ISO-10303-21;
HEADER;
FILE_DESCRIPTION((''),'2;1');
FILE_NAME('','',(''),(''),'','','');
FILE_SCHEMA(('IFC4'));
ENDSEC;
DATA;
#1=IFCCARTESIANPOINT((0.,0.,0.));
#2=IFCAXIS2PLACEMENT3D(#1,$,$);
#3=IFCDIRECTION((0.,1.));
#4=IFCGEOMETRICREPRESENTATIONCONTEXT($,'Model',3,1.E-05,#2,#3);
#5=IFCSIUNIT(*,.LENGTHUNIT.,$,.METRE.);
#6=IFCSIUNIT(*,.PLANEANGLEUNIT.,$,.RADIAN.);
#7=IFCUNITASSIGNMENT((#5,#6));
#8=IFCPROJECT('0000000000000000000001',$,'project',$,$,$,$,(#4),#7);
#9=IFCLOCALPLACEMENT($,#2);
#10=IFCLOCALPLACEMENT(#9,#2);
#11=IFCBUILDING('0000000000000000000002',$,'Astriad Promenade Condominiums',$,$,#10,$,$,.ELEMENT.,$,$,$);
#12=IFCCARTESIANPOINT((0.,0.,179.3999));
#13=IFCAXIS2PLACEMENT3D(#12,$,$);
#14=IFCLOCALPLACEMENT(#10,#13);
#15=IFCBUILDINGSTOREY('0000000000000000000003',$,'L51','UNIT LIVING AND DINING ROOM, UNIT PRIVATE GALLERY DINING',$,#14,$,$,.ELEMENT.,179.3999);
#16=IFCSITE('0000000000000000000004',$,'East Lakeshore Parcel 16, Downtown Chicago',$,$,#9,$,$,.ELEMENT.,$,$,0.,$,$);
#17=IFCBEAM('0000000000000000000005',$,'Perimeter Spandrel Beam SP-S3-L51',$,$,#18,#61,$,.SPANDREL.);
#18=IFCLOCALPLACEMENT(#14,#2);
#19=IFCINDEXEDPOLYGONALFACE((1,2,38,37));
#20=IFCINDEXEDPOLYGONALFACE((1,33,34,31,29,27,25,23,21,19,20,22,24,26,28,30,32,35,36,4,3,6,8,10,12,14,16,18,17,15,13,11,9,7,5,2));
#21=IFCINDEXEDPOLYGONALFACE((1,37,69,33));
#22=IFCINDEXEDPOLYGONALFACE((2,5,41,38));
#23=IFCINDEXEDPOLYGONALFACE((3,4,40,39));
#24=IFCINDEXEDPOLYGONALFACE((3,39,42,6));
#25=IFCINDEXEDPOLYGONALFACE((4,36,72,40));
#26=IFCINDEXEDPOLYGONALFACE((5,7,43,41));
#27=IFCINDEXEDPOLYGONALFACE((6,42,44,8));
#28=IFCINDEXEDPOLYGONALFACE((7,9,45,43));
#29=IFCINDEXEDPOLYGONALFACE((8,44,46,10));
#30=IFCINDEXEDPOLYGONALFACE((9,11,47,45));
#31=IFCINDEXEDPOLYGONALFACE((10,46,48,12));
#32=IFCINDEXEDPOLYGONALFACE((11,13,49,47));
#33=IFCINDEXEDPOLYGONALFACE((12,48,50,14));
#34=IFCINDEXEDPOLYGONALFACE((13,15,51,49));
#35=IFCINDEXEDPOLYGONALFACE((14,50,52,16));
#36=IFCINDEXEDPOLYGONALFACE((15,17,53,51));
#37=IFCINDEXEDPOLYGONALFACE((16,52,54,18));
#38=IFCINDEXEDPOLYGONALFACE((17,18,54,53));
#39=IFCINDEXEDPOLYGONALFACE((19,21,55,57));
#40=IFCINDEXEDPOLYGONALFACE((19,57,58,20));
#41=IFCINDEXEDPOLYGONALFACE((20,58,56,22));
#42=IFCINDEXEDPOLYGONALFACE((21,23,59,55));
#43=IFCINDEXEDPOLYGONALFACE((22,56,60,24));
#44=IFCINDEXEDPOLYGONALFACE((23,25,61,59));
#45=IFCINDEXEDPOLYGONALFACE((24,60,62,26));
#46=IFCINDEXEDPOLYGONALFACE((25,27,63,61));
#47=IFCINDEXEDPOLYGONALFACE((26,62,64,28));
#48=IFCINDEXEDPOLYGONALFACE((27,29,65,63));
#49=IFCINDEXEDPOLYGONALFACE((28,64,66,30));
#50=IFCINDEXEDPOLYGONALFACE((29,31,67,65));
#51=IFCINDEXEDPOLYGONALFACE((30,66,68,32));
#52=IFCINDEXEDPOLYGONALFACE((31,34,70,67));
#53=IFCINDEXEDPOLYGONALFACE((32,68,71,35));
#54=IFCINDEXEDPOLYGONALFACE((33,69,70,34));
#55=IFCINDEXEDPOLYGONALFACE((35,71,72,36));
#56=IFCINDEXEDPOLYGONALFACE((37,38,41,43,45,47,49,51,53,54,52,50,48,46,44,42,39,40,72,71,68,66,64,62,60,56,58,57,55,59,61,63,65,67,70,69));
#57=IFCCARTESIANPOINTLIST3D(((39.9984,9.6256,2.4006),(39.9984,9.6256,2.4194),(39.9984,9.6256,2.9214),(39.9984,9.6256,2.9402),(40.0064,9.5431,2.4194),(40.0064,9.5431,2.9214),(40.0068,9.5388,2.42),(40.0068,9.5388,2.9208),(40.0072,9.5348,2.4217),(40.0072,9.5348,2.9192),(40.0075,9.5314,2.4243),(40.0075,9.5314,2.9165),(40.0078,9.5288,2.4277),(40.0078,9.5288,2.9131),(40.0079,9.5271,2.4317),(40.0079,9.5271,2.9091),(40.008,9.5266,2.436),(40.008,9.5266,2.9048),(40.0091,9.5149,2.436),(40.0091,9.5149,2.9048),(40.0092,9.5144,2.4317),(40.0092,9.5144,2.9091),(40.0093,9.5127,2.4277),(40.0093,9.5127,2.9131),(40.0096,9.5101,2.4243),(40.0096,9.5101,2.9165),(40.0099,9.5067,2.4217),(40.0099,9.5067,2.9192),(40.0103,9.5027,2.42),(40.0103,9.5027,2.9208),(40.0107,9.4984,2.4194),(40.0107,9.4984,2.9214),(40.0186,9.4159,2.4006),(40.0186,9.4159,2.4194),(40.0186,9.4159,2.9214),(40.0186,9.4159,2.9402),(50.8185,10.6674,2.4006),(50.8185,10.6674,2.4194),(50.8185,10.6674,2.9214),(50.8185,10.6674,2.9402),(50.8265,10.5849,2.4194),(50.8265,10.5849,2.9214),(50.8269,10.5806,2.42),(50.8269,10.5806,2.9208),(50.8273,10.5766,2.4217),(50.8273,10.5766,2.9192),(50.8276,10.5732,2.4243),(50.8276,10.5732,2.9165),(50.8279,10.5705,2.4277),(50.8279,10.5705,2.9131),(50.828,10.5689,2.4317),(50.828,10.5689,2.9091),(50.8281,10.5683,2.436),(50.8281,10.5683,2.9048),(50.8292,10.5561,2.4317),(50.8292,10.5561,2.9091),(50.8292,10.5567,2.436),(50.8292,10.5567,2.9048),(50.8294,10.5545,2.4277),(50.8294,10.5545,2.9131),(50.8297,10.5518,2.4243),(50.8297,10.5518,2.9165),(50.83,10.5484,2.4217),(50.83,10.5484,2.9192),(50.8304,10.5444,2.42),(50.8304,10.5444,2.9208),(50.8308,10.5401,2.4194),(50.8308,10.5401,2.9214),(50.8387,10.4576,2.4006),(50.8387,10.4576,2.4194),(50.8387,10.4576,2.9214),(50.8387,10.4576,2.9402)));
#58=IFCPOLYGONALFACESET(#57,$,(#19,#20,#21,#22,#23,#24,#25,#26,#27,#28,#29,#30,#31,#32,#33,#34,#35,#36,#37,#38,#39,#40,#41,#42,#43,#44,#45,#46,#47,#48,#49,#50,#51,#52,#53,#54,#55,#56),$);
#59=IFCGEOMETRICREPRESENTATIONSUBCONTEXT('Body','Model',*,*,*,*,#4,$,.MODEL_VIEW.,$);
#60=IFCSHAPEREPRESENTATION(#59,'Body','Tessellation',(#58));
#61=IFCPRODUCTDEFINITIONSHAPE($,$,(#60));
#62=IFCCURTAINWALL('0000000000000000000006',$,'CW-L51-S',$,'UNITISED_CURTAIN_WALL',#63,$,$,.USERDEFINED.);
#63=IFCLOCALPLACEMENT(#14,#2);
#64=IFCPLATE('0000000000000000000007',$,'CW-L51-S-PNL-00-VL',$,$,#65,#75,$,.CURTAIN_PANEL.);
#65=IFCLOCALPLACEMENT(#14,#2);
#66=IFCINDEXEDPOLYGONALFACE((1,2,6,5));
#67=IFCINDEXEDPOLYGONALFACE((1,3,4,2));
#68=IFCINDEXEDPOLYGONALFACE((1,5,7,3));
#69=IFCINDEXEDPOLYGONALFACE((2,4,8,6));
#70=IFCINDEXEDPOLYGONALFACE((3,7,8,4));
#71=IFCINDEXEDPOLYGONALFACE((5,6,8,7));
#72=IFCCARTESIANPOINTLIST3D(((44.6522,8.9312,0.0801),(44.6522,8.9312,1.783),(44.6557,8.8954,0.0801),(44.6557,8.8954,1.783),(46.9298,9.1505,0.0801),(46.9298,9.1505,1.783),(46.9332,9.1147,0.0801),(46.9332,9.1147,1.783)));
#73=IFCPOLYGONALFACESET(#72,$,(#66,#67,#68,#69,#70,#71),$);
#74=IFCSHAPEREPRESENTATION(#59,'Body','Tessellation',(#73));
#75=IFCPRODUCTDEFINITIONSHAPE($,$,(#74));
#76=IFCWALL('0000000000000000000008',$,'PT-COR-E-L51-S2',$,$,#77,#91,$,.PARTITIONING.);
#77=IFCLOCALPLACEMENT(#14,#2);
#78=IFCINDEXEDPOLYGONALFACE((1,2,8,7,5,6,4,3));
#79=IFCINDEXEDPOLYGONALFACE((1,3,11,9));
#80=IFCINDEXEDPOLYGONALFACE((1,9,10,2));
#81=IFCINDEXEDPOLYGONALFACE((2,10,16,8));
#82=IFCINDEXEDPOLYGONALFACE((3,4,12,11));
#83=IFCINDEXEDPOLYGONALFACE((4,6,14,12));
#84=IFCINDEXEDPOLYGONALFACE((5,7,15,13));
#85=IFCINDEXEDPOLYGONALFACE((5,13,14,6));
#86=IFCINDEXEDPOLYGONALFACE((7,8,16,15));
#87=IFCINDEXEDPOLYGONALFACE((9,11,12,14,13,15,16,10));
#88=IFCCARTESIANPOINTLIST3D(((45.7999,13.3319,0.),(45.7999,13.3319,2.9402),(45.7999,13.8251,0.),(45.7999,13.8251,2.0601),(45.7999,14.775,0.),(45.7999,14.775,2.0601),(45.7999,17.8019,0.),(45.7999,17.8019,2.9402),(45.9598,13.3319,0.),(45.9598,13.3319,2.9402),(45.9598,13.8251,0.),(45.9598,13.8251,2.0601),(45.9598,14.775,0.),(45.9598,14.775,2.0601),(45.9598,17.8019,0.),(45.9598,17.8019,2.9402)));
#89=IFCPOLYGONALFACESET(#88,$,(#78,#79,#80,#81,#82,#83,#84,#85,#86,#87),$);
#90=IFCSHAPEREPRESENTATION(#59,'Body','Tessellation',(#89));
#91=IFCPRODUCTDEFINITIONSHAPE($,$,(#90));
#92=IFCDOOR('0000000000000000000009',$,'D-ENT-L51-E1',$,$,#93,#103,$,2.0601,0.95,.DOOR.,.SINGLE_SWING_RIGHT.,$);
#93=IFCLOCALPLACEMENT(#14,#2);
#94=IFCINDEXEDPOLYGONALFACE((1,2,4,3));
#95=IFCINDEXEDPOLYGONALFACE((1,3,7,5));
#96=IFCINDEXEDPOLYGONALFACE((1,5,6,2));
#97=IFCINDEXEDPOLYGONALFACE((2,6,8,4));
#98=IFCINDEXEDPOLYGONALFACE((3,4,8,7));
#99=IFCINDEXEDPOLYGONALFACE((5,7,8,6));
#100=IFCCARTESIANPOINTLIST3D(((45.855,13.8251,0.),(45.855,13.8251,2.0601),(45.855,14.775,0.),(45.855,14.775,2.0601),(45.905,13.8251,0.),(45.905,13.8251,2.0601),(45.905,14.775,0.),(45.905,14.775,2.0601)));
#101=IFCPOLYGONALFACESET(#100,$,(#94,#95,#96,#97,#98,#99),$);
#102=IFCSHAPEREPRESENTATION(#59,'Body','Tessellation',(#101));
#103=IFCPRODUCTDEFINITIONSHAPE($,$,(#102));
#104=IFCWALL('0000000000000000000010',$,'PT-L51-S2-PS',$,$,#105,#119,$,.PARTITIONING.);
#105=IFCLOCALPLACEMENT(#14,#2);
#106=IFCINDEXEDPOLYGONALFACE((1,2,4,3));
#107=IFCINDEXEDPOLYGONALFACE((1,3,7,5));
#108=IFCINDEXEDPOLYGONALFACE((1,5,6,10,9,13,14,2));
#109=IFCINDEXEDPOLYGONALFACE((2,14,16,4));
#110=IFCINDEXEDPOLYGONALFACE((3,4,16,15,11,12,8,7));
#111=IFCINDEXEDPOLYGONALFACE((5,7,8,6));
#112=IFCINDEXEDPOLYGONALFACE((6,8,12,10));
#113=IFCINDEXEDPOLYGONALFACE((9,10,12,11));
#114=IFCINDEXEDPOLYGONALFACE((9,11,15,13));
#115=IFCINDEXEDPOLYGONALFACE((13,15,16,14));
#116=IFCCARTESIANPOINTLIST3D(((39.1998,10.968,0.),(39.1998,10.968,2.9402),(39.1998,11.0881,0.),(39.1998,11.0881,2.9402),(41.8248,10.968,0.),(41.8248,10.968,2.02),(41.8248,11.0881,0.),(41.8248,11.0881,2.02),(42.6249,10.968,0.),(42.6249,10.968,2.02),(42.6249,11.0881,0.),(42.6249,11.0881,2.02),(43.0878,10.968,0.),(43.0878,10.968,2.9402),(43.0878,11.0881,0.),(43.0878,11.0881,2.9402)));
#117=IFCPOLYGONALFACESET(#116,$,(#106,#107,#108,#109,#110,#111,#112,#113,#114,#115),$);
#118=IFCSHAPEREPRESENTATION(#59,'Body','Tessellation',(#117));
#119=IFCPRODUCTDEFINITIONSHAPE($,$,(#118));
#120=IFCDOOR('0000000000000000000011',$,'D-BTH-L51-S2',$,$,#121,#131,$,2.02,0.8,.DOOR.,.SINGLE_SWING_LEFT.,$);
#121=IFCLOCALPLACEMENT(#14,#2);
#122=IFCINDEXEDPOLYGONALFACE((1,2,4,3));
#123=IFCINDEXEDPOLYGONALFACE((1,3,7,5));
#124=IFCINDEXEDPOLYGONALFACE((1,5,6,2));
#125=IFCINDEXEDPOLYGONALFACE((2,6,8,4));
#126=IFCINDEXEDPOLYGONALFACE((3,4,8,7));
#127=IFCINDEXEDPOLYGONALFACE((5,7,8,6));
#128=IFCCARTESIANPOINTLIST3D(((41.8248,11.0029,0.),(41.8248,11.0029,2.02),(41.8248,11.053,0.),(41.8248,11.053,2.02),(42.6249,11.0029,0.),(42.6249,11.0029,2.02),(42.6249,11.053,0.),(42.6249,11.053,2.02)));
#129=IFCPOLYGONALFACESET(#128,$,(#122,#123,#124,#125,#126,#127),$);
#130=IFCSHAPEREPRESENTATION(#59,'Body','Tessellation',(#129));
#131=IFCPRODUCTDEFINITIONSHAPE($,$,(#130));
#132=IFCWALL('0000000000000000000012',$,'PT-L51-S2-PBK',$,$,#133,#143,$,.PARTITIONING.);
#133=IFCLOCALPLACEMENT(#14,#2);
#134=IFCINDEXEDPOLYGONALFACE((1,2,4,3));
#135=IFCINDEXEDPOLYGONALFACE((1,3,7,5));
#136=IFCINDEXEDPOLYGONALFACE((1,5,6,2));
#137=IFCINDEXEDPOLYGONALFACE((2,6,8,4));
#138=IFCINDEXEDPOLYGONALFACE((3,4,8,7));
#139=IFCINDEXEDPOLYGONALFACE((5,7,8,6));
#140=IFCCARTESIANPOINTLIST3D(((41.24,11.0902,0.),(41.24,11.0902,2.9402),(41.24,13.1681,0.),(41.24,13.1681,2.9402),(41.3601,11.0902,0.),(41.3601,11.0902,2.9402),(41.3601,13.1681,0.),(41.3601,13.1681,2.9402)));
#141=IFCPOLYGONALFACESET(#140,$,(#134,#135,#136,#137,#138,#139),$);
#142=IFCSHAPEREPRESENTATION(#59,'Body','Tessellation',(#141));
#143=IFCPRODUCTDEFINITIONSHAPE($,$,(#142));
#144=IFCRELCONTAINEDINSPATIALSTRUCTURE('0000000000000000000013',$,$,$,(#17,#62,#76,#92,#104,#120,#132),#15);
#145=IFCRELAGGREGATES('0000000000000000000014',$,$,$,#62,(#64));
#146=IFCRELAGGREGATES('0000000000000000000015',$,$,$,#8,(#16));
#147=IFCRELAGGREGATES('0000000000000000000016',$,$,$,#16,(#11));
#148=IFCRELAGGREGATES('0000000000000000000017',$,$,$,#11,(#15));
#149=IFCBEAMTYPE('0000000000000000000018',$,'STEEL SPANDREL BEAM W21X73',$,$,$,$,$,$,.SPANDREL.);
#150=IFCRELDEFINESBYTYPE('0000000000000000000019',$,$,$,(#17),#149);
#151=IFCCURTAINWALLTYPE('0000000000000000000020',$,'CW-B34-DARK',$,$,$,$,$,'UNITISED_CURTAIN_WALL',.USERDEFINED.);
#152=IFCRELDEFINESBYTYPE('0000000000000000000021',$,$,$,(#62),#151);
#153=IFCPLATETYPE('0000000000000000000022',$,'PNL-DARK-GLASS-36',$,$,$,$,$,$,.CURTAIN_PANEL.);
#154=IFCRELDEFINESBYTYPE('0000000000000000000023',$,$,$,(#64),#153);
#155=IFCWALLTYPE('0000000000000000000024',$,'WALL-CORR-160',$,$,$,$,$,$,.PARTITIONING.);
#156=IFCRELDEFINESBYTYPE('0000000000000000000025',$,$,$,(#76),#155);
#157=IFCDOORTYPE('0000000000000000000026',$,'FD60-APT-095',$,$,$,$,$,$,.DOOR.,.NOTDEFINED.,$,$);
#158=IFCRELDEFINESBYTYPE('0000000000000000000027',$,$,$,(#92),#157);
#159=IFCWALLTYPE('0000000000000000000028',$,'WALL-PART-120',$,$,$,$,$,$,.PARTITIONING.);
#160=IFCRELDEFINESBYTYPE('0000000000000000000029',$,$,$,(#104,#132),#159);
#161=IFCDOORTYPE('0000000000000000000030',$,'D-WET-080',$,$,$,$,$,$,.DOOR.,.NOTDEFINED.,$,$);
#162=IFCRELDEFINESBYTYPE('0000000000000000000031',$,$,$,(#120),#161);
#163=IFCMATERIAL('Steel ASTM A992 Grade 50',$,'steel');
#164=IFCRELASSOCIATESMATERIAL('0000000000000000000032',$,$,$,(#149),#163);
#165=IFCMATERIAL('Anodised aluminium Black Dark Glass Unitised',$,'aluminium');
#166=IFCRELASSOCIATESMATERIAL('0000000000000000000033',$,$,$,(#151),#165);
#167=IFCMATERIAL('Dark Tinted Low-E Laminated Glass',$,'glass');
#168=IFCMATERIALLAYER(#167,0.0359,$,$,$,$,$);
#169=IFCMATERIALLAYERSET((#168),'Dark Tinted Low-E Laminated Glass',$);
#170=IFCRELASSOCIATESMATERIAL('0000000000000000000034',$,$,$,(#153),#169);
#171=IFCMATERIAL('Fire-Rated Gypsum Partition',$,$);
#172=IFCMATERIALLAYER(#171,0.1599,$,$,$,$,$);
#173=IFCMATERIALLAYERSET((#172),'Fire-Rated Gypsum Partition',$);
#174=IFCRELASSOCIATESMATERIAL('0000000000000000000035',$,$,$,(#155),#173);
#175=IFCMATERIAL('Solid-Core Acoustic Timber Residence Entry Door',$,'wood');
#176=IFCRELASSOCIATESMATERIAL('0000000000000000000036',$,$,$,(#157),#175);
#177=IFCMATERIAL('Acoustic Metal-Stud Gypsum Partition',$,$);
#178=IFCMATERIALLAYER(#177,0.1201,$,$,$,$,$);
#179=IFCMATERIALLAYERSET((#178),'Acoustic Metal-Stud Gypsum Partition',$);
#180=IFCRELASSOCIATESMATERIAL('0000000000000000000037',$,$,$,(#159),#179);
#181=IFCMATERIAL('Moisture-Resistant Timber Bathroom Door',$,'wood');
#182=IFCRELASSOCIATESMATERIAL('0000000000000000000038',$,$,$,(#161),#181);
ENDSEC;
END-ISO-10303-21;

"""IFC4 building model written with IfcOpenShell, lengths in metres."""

from ifc_helpers import new_model, si_unit, direction, frame, frame_2d, origin, origin_2d, place, context, subcontext, project, spatial, rectangle, i_section, extrude, source, transform, mapped, material, layer, layer_set, material_profile, profile_set, type_object, type_shapes, element, fill, aggregate, save


model = new_model("IFC4")

# Units and contexts
model_context = context("Model", 3, precision=1e-05, world=origin(), true_north=direction((0.0, 1.0)))
body_context = subcontext(model_context, "Body", "Model", "MODEL_VIEW")
ifc_project = project(units=[si_unit("LENGTHUNIT", "METRE"), si_unit("PLANEANGLEUNIT", "RADIAN")], contexts=[model_context])

# Site, building, storey
site_placement = place(None, origin())
site = spatial("IfcSite", under=ifc_project, at=site_placement, Name="East Lakeshore Parcel 16, Downtown Chicago", CompositionType="ELEMENT", RefElevation=0.0)
building_placement = place(site_placement, origin())
building = spatial("IfcBuilding", under=site, at=building_placement, Name="Astriad Promenade Condominiums", CompositionType="ELEMENT")
storey_placement = place(building_placement, frame((0.0, 0.0, 179.3999)))
storey = spatial("IfcBuildingStorey", under=building, at=storey_placement, Name="L51", Description="UNIT LIVING AND DINING ROOM, UNIT PRIVATE GALLERY DINING", CompositionType="ELEMENT", Elevation=179.3999)

# Shared definitions
ifc_material_1 = material(Name="Steel ASTM A992 Grade 50", Category="steel")

# Beam
ifc_material_profile_1 = material_profile(ifc_material_1, i_section(OverallWidth=0.2107, OverallDepth=0.5396, WebThickness=0.0117, FlangeThickness=0.0188, FilletRadius=0.0166, at=origin_2d()), Name="W21X73")
ifc_profile_set_1 = profile_set([ifc_material_profile_1], Name="Steel ASTM A992 Grade 50")
beam_type_1 = type_object("IfcBeamType", Name="STEEL SPANDREL BEAM W21X73", PredefinedType="SPANDREL", material=ifc_profile_set_1)
shared_shape_1 = source(origin(), body_context, "Body", "SweptSolid", [
    extrude(i_section(OverallWidth=0.2107, OverallDepth=0.5396, WebThickness=0.0117, FlangeThickness=0.0188, FilletRadius=0.0166, at=origin_2d()), origin(), (0.0, 0.0, 1.0), 10.8701),
])
type_shapes(beam_type_1, [shared_shape_1])
beam_1_placement = place(storey_placement, frame((40.0085, 9.5208, 2.6704), z_axis=(0.995397, 0.095836, 0.0), x_axis=(-0.095836, 0.995397, 0.0)))
element("IfcBeam", 1, at=beam_1_placement, inside=storey, type_object=beam_type_1, Name="Perimeter Spandrel Beam SP-S3-L51", PredefinedType="SPANDREL", context=body_context, shape_type="MappedRepresentation", body=[
    mapped(shared_shape_1, transform((0.0, 0.0, 0.0), scale=1.0)),
])

# Curtain wall, plate
ifc_material_2 = material(Name="Anodised aluminium Black Dark Glass Unitised", Category="aluminium")
curtain_wall_type = type_object("IfcCurtainWallType", Name="CW-B34-DARK", ElementType="UNITISED_CURTAIN_WALL", PredefinedType="USERDEFINED", material=ifc_material_2)
curtain_wall_placement = place(storey_placement, origin())
curtain_wall = element("IfcCurtainWall", 2, at=curtain_wall_placement, inside=storey, type_object=curtain_wall_type, Name="CW-L51-S", ObjectType="UNITISED_CURTAIN_WALL", PredefinedType="USERDEFINED")
ifc_material_3 = material(Name="Dark Tinted Low-E Laminated Glass", Category="glass")
ifc_layer_1 = layer(ifc_material_3, 0.0359)
ifc_layer_set_1 = layer_set([ifc_layer_1], Name="Dark Tinted Low-E Laminated Glass")
plate_type = type_object("IfcPlateType", Name="PNL-DARK-GLASS-36", PredefinedType="CURTAIN_PANEL", material=ifc_layer_set_1)
shared_shape_2 = source(origin(), body_context, "Body", "SweptSolid", [
    extrude(rectangle(XDim=2.2881, YDim=0.0359, at=origin_2d()), origin(), (0.0, 0.0, 1.0), 1.7029),
])
type_shapes(plate_type, [shared_shape_2])
plate_placement = place(storey_placement, frame((45.7927, 9.0229, 0.0801), z_axis=(0.0, 0.0, 1.0), x_axis=(-0.995396, -0.095846, 0.0)))
plate = element("IfcPlate", 3, at=plate_placement, type_object=plate_type, Name="CW-L51-S-PNL-00-VL", PredefinedType="CURTAIN_PANEL", context=body_context, shape_type="MappedRepresentation", body=[
    mapped(shared_shape_2, transform((0.0, 0.0, 0.0), scale=1.0)),
])
aggregate(curtain_wall, [plate])

# Walls, openings, doors
ifc_material_4 = material(Name="Fire-Rated Gypsum Partition")
ifc_layer_2 = layer(ifc_material_4, 0.1599)
ifc_layer_set_2 = layer_set([ifc_layer_2], Name="Fire-Rated Gypsum Partition")
wall_type_1 = type_object("IfcWallType", Name="WALL-CORR-160", PredefinedType="PARTITIONING", material=ifc_layer_set_2)
wall_1_placement = place(storey_placement, frame((45.8799, 13.332, 0.0), z_axis=(0.0, 0.0, 1.0), x_axis=(0.0, 1.0, 0.0)))
wall_1 = element("IfcWall", 4, at=wall_1_placement, inside=storey, type_object=wall_type_1, Name="PT-COR-E-L51-S2", PredefinedType="PARTITIONING", context=body_context, shape_type="SweptSolid", body=[
    extrude(rectangle(XDim=4.47, YDim=0.1599, at=frame_2d((2.2349, 0.0))), origin(), (0.0, 0.0, 1.0), 2.9402),
])
opening_1_placement = place(wall_1_placement, frame((0.4929, 0.0, 0.0)))
opening_1 = element("IfcOpeningElement", 5, at=opening_1_placement, cuts=wall_1, PredefinedType="OPENING", context=body_context, shape_type="SweptSolid", body=[
    extrude(rectangle(XDim=0.95, YDim=2.0601, at=frame_2d((0.4751, 1.03))), frame((0.0, 0.0898, 0.0), z_axis=(0.0, -1.0, 0.0), x_axis=(1.0, 0.0, 0.0)), (0.0, 0.0, 1.0), 0.1799),
])
ifc_material_5 = material(Name="Solid-Core Acoustic Timber Residence Entry Door", Category="wood")
door_type_1 = type_object("IfcDoorType", Name="FD60-APT-095", OperationType="NOTDEFINED", PredefinedType="DOOR", material=ifc_material_5)
shared_shape_3 = source(origin(), body_context, "Body", "SweptSolid", [
    extrude(rectangle(XDim=0.95, YDim=2.0601, at=frame_2d((0.4751, 1.03))), frame((0.0, 0.0249, 0.0), z_axis=(0.0, -1.0, 0.0), x_axis=(1.0, 0.0, 0.0)), (0.0, 0.0, 1.0), 0.05),
])
type_shapes(door_type_1, [shared_shape_3])
door_1_placement = place(opening_1_placement, origin())
door_1 = element("IfcDoor", 6, at=door_1_placement, inside=storey, type_object=door_type_1, Name="D-ENT-L51-E1", OperationType="SINGLE_SWING_RIGHT", OverallHeight=2.0601, OverallWidth=0.95, PredefinedType="DOOR", context=body_context, shape_type="MappedRepresentation", body=[
    mapped(shared_shape_3, transform((0.0, 0.0, 0.0), scale=1.0)),
])
fill(opening_1, door_1)
ifc_material_6 = material(Name="Acoustic Metal-Stud Gypsum Partition")
ifc_layer_3 = layer(ifc_material_6, 0.1201)
ifc_layer_set_3 = layer_set([ifc_layer_3], Name="Acoustic Metal-Stud Gypsum Partition")
wall_type_2 = type_object("IfcWallType", Name="WALL-PART-120", PredefinedType="PARTITIONING", material=ifc_layer_set_3)
wall_2_placement = place(storey_placement, frame((39.2, 11.0281, 0.0), z_axis=(0.0, 0.0, 1.0), x_axis=(1.0, 0.0, 0.0)))
wall_2 = element("IfcWall", 7, at=wall_2_placement, inside=storey, type_object=wall_type_2, Name="PT-L51-S2-PS", PredefinedType="PARTITIONING", context=body_context, shape_type="SweptSolid", body=[
    extrude(rectangle(XDim=3.8879, YDim=0.1201, at=frame_2d((1.9438, 0.0))), origin(), (0.0, 0.0, 1.0), 2.9402),
])
opening_2_placement = place(wall_2_placement, frame((2.625, 0.0, 0.0)))
opening_2 = element("IfcOpeningElement", 8, at=opening_2_placement, cuts=wall_2, PredefinedType="OPENING", context=body_context, shape_type="SweptSolid", body=[
    extrude(rectangle(XDim=0.8, YDim=2.02, at=frame_2d((0.3999, 1.01))), frame((0.0, 0.0701, 0.0), z_axis=(0.0, -1.0, 0.0), x_axis=(1.0, 0.0, 0.0)), (0.0, 0.0, 1.0), 0.1401),
])
ifc_material_7 = material(Name="Moisture-Resistant Timber Bathroom Door", Category="wood")
door_type_2 = type_object("IfcDoorType", Name="D-WET-080", OperationType="NOTDEFINED", PredefinedType="DOOR", material=ifc_material_7)
shared_shape_4 = source(origin(), body_context, "Body", "SweptSolid", [
    extrude(rectangle(XDim=0.8, YDim=2.02, at=frame_2d((0.3999, 1.01))), frame((0.0, 0.0249, 0.0), z_axis=(0.0, -1.0, 0.0), x_axis=(1.0, 0.0, 0.0)), (0.0, 0.0, 1.0), 0.05),
])
type_shapes(door_type_2, [shared_shape_4])
door_2_placement = place(opening_2_placement, origin())
door_2 = element("IfcDoor", 9, at=door_2_placement, inside=storey, type_object=door_type_2, Name="D-BTH-L51-S2", OperationType="SINGLE_SWING_LEFT", OverallHeight=2.02, OverallWidth=0.8, PredefinedType="DOOR", context=body_context, shape_type="MappedRepresentation", body=[
    mapped(shared_shape_4, transform((0.0, 0.0, 0.0), scale=1.0)),
])
fill(opening_2, door_2)

# Wall
wall_3_placement = place(storey_placement, frame((41.3, 11.0901, 0.0), z_axis=(0.0, 0.0, 1.0), x_axis=(0.0, 1.0, 0.0)))
element("IfcWall", 10, at=wall_3_placement, inside=storey, type_object=wall_type_2, Name="PT-L51-S2-PBK", PredefinedType="PARTITIONING", context=body_context, shape_type="SweptSolid", body=[
    extrude(rectangle(XDim=2.0779, YDim=0.1201, at=frame_2d((1.0391, 0.0))), origin(), (0.0, 0.0, 1.0), 2.9402),
])

save(model, "model.ifc")
